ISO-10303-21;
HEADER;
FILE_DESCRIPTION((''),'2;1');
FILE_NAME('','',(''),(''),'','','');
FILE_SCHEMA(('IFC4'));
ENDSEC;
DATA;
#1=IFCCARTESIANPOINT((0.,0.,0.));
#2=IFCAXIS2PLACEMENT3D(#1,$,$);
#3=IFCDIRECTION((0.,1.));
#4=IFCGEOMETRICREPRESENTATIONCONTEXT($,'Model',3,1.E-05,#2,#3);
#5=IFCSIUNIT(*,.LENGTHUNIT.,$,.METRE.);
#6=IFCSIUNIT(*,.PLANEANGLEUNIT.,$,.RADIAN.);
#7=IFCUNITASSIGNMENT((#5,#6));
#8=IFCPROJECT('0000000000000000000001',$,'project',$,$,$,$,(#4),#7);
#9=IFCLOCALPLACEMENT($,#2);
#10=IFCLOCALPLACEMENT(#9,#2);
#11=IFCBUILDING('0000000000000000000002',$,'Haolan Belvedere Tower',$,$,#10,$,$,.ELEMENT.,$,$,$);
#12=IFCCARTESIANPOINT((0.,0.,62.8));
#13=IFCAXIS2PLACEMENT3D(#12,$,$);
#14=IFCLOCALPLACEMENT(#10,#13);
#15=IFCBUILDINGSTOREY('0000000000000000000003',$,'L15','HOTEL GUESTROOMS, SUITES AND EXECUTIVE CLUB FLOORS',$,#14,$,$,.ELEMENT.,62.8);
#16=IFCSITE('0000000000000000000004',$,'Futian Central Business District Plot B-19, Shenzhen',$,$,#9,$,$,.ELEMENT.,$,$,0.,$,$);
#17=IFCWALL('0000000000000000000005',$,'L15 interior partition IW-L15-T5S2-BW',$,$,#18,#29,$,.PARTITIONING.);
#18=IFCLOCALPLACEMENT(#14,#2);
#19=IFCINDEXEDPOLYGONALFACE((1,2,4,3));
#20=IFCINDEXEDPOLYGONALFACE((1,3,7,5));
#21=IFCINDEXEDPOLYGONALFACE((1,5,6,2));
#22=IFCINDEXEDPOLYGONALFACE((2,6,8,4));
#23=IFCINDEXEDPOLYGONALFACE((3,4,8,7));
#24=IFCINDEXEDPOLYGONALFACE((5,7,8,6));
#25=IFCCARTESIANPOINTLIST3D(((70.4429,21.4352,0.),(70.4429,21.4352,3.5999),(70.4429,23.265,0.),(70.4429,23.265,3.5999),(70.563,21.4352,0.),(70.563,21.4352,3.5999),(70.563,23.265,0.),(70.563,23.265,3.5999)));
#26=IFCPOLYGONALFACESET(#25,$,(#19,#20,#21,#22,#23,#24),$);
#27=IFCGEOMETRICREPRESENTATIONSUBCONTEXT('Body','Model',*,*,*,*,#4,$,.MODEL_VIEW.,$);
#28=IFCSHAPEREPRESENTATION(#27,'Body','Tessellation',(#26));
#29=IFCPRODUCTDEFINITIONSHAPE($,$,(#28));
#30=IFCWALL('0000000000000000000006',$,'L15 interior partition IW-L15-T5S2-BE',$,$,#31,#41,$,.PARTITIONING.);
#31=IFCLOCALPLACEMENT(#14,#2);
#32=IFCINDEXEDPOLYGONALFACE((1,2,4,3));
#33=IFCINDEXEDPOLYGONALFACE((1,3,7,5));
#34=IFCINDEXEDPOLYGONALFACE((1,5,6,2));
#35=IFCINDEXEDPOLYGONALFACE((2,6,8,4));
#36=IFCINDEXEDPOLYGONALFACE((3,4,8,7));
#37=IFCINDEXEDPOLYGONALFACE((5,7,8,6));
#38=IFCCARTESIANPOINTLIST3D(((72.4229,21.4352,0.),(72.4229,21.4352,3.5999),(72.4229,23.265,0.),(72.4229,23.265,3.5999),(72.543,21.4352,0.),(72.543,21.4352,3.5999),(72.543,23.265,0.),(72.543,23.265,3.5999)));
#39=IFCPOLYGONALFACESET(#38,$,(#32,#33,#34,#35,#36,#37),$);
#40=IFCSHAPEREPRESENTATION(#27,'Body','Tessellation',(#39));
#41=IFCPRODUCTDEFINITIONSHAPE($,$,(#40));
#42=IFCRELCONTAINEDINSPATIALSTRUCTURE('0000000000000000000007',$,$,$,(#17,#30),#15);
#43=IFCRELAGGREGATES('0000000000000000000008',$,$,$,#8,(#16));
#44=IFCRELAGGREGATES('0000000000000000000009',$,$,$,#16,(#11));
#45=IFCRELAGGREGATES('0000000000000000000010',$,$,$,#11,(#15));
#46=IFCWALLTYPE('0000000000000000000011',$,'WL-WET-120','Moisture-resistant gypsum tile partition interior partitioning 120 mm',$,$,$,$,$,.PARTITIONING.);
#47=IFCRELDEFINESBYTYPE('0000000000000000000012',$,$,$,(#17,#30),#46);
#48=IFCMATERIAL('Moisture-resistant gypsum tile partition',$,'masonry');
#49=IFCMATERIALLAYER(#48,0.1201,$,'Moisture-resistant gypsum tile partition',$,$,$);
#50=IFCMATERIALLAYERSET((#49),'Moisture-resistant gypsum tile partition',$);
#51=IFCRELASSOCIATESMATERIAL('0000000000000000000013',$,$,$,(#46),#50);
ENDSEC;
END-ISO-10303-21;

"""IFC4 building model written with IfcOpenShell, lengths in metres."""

from ifc_helpers import new_model, si_unit, direction, frame, frame_2d, origin, place, context, subcontext, project, spatial, rectangle, extrude, material, layer, layer_set, type_object, element, save


model = new_model("IFC4")

# Units and contexts
model_context = context("Model", 3, precision=1e-05, world=origin(), true_north=direction((0.0, 1.0)))
body_context = subcontext(model_context, "Body", "Model", "MODEL_VIEW")
ifc_project = project(units=[si_unit("LENGTHUNIT", "METRE"), si_unit("PLANEANGLEUNIT", "RADIAN")], contexts=[model_context])

# Site, building, storey
site_placement = place(None, origin())
site = spatial("IfcSite", under=ifc_project, at=site_placement, Name="Futian Central Business District Plot B-19, Shenzhen", CompositionType="ELEMENT", RefElevation=0.0)
building_placement = place(site_placement, origin())
building = spatial("IfcBuilding", under=site, at=building_placement, Name="Haolan Belvedere Tower", CompositionType="ELEMENT")
storey_placement = place(building_placement, frame((0.0, 0.0, 62.8)))
storey = spatial("IfcBuildingStorey", under=building, at=storey_placement, Name="L15", Description="HOTEL GUESTROOMS, SUITES AND EXECUTIVE CLUB FLOORS", CompositionType="ELEMENT", Elevation=62.8)

# Shared definitions
ifc_material_1 = material(Name="Moisture-resistant gypsum tile partition", Category="masonry")
ifc_layer_1 = layer(ifc_material_1, 0.1201, Name="Moisture-resistant gypsum tile partition")
ifc_layer_set_1 = layer_set([ifc_layer_1], Name="Moisture-resistant gypsum tile partition")
wall_type_1 = type_object("IfcWallType", Name="WL-WET-120", Description="Moisture-resistant gypsum tile partition interior partitioning 120 mm", PredefinedType="PARTITIONING", material=ifc_layer_set_1)

# Walls
for number, where, z_axis, x_axis, name in (
    (1, (70.5029, 21.4351, 0.0), (0.0, 0.0, 1.0), (0.0, 1.0, 0.0), "L15 interior partition IW-L15-T5S2-BW"),
    (2, (72.4829, 21.4351, 0.0), (0.0, 0.0, 1.0), (0.0, 1.0, 0.0), "L15 interior partition IW-L15-T5S2-BE"),
):
    element("IfcWall", number, at=place(storey_placement, frame(where, z_axis=z_axis, x_axis=x_axis)), inside=storey, type_object=wall_type_1, Name=name, PredefinedType="PARTITIONING", context=body_context, shape_type="SweptSolid", body=[
        extrude(rectangle(XDim=1.8298, YDim=0.1201, at=frame_2d((0.915, 0.0))), origin(), (0.0, 0.0, 1.0), 3.5999),
    ])

save(model, "model.ifc")
